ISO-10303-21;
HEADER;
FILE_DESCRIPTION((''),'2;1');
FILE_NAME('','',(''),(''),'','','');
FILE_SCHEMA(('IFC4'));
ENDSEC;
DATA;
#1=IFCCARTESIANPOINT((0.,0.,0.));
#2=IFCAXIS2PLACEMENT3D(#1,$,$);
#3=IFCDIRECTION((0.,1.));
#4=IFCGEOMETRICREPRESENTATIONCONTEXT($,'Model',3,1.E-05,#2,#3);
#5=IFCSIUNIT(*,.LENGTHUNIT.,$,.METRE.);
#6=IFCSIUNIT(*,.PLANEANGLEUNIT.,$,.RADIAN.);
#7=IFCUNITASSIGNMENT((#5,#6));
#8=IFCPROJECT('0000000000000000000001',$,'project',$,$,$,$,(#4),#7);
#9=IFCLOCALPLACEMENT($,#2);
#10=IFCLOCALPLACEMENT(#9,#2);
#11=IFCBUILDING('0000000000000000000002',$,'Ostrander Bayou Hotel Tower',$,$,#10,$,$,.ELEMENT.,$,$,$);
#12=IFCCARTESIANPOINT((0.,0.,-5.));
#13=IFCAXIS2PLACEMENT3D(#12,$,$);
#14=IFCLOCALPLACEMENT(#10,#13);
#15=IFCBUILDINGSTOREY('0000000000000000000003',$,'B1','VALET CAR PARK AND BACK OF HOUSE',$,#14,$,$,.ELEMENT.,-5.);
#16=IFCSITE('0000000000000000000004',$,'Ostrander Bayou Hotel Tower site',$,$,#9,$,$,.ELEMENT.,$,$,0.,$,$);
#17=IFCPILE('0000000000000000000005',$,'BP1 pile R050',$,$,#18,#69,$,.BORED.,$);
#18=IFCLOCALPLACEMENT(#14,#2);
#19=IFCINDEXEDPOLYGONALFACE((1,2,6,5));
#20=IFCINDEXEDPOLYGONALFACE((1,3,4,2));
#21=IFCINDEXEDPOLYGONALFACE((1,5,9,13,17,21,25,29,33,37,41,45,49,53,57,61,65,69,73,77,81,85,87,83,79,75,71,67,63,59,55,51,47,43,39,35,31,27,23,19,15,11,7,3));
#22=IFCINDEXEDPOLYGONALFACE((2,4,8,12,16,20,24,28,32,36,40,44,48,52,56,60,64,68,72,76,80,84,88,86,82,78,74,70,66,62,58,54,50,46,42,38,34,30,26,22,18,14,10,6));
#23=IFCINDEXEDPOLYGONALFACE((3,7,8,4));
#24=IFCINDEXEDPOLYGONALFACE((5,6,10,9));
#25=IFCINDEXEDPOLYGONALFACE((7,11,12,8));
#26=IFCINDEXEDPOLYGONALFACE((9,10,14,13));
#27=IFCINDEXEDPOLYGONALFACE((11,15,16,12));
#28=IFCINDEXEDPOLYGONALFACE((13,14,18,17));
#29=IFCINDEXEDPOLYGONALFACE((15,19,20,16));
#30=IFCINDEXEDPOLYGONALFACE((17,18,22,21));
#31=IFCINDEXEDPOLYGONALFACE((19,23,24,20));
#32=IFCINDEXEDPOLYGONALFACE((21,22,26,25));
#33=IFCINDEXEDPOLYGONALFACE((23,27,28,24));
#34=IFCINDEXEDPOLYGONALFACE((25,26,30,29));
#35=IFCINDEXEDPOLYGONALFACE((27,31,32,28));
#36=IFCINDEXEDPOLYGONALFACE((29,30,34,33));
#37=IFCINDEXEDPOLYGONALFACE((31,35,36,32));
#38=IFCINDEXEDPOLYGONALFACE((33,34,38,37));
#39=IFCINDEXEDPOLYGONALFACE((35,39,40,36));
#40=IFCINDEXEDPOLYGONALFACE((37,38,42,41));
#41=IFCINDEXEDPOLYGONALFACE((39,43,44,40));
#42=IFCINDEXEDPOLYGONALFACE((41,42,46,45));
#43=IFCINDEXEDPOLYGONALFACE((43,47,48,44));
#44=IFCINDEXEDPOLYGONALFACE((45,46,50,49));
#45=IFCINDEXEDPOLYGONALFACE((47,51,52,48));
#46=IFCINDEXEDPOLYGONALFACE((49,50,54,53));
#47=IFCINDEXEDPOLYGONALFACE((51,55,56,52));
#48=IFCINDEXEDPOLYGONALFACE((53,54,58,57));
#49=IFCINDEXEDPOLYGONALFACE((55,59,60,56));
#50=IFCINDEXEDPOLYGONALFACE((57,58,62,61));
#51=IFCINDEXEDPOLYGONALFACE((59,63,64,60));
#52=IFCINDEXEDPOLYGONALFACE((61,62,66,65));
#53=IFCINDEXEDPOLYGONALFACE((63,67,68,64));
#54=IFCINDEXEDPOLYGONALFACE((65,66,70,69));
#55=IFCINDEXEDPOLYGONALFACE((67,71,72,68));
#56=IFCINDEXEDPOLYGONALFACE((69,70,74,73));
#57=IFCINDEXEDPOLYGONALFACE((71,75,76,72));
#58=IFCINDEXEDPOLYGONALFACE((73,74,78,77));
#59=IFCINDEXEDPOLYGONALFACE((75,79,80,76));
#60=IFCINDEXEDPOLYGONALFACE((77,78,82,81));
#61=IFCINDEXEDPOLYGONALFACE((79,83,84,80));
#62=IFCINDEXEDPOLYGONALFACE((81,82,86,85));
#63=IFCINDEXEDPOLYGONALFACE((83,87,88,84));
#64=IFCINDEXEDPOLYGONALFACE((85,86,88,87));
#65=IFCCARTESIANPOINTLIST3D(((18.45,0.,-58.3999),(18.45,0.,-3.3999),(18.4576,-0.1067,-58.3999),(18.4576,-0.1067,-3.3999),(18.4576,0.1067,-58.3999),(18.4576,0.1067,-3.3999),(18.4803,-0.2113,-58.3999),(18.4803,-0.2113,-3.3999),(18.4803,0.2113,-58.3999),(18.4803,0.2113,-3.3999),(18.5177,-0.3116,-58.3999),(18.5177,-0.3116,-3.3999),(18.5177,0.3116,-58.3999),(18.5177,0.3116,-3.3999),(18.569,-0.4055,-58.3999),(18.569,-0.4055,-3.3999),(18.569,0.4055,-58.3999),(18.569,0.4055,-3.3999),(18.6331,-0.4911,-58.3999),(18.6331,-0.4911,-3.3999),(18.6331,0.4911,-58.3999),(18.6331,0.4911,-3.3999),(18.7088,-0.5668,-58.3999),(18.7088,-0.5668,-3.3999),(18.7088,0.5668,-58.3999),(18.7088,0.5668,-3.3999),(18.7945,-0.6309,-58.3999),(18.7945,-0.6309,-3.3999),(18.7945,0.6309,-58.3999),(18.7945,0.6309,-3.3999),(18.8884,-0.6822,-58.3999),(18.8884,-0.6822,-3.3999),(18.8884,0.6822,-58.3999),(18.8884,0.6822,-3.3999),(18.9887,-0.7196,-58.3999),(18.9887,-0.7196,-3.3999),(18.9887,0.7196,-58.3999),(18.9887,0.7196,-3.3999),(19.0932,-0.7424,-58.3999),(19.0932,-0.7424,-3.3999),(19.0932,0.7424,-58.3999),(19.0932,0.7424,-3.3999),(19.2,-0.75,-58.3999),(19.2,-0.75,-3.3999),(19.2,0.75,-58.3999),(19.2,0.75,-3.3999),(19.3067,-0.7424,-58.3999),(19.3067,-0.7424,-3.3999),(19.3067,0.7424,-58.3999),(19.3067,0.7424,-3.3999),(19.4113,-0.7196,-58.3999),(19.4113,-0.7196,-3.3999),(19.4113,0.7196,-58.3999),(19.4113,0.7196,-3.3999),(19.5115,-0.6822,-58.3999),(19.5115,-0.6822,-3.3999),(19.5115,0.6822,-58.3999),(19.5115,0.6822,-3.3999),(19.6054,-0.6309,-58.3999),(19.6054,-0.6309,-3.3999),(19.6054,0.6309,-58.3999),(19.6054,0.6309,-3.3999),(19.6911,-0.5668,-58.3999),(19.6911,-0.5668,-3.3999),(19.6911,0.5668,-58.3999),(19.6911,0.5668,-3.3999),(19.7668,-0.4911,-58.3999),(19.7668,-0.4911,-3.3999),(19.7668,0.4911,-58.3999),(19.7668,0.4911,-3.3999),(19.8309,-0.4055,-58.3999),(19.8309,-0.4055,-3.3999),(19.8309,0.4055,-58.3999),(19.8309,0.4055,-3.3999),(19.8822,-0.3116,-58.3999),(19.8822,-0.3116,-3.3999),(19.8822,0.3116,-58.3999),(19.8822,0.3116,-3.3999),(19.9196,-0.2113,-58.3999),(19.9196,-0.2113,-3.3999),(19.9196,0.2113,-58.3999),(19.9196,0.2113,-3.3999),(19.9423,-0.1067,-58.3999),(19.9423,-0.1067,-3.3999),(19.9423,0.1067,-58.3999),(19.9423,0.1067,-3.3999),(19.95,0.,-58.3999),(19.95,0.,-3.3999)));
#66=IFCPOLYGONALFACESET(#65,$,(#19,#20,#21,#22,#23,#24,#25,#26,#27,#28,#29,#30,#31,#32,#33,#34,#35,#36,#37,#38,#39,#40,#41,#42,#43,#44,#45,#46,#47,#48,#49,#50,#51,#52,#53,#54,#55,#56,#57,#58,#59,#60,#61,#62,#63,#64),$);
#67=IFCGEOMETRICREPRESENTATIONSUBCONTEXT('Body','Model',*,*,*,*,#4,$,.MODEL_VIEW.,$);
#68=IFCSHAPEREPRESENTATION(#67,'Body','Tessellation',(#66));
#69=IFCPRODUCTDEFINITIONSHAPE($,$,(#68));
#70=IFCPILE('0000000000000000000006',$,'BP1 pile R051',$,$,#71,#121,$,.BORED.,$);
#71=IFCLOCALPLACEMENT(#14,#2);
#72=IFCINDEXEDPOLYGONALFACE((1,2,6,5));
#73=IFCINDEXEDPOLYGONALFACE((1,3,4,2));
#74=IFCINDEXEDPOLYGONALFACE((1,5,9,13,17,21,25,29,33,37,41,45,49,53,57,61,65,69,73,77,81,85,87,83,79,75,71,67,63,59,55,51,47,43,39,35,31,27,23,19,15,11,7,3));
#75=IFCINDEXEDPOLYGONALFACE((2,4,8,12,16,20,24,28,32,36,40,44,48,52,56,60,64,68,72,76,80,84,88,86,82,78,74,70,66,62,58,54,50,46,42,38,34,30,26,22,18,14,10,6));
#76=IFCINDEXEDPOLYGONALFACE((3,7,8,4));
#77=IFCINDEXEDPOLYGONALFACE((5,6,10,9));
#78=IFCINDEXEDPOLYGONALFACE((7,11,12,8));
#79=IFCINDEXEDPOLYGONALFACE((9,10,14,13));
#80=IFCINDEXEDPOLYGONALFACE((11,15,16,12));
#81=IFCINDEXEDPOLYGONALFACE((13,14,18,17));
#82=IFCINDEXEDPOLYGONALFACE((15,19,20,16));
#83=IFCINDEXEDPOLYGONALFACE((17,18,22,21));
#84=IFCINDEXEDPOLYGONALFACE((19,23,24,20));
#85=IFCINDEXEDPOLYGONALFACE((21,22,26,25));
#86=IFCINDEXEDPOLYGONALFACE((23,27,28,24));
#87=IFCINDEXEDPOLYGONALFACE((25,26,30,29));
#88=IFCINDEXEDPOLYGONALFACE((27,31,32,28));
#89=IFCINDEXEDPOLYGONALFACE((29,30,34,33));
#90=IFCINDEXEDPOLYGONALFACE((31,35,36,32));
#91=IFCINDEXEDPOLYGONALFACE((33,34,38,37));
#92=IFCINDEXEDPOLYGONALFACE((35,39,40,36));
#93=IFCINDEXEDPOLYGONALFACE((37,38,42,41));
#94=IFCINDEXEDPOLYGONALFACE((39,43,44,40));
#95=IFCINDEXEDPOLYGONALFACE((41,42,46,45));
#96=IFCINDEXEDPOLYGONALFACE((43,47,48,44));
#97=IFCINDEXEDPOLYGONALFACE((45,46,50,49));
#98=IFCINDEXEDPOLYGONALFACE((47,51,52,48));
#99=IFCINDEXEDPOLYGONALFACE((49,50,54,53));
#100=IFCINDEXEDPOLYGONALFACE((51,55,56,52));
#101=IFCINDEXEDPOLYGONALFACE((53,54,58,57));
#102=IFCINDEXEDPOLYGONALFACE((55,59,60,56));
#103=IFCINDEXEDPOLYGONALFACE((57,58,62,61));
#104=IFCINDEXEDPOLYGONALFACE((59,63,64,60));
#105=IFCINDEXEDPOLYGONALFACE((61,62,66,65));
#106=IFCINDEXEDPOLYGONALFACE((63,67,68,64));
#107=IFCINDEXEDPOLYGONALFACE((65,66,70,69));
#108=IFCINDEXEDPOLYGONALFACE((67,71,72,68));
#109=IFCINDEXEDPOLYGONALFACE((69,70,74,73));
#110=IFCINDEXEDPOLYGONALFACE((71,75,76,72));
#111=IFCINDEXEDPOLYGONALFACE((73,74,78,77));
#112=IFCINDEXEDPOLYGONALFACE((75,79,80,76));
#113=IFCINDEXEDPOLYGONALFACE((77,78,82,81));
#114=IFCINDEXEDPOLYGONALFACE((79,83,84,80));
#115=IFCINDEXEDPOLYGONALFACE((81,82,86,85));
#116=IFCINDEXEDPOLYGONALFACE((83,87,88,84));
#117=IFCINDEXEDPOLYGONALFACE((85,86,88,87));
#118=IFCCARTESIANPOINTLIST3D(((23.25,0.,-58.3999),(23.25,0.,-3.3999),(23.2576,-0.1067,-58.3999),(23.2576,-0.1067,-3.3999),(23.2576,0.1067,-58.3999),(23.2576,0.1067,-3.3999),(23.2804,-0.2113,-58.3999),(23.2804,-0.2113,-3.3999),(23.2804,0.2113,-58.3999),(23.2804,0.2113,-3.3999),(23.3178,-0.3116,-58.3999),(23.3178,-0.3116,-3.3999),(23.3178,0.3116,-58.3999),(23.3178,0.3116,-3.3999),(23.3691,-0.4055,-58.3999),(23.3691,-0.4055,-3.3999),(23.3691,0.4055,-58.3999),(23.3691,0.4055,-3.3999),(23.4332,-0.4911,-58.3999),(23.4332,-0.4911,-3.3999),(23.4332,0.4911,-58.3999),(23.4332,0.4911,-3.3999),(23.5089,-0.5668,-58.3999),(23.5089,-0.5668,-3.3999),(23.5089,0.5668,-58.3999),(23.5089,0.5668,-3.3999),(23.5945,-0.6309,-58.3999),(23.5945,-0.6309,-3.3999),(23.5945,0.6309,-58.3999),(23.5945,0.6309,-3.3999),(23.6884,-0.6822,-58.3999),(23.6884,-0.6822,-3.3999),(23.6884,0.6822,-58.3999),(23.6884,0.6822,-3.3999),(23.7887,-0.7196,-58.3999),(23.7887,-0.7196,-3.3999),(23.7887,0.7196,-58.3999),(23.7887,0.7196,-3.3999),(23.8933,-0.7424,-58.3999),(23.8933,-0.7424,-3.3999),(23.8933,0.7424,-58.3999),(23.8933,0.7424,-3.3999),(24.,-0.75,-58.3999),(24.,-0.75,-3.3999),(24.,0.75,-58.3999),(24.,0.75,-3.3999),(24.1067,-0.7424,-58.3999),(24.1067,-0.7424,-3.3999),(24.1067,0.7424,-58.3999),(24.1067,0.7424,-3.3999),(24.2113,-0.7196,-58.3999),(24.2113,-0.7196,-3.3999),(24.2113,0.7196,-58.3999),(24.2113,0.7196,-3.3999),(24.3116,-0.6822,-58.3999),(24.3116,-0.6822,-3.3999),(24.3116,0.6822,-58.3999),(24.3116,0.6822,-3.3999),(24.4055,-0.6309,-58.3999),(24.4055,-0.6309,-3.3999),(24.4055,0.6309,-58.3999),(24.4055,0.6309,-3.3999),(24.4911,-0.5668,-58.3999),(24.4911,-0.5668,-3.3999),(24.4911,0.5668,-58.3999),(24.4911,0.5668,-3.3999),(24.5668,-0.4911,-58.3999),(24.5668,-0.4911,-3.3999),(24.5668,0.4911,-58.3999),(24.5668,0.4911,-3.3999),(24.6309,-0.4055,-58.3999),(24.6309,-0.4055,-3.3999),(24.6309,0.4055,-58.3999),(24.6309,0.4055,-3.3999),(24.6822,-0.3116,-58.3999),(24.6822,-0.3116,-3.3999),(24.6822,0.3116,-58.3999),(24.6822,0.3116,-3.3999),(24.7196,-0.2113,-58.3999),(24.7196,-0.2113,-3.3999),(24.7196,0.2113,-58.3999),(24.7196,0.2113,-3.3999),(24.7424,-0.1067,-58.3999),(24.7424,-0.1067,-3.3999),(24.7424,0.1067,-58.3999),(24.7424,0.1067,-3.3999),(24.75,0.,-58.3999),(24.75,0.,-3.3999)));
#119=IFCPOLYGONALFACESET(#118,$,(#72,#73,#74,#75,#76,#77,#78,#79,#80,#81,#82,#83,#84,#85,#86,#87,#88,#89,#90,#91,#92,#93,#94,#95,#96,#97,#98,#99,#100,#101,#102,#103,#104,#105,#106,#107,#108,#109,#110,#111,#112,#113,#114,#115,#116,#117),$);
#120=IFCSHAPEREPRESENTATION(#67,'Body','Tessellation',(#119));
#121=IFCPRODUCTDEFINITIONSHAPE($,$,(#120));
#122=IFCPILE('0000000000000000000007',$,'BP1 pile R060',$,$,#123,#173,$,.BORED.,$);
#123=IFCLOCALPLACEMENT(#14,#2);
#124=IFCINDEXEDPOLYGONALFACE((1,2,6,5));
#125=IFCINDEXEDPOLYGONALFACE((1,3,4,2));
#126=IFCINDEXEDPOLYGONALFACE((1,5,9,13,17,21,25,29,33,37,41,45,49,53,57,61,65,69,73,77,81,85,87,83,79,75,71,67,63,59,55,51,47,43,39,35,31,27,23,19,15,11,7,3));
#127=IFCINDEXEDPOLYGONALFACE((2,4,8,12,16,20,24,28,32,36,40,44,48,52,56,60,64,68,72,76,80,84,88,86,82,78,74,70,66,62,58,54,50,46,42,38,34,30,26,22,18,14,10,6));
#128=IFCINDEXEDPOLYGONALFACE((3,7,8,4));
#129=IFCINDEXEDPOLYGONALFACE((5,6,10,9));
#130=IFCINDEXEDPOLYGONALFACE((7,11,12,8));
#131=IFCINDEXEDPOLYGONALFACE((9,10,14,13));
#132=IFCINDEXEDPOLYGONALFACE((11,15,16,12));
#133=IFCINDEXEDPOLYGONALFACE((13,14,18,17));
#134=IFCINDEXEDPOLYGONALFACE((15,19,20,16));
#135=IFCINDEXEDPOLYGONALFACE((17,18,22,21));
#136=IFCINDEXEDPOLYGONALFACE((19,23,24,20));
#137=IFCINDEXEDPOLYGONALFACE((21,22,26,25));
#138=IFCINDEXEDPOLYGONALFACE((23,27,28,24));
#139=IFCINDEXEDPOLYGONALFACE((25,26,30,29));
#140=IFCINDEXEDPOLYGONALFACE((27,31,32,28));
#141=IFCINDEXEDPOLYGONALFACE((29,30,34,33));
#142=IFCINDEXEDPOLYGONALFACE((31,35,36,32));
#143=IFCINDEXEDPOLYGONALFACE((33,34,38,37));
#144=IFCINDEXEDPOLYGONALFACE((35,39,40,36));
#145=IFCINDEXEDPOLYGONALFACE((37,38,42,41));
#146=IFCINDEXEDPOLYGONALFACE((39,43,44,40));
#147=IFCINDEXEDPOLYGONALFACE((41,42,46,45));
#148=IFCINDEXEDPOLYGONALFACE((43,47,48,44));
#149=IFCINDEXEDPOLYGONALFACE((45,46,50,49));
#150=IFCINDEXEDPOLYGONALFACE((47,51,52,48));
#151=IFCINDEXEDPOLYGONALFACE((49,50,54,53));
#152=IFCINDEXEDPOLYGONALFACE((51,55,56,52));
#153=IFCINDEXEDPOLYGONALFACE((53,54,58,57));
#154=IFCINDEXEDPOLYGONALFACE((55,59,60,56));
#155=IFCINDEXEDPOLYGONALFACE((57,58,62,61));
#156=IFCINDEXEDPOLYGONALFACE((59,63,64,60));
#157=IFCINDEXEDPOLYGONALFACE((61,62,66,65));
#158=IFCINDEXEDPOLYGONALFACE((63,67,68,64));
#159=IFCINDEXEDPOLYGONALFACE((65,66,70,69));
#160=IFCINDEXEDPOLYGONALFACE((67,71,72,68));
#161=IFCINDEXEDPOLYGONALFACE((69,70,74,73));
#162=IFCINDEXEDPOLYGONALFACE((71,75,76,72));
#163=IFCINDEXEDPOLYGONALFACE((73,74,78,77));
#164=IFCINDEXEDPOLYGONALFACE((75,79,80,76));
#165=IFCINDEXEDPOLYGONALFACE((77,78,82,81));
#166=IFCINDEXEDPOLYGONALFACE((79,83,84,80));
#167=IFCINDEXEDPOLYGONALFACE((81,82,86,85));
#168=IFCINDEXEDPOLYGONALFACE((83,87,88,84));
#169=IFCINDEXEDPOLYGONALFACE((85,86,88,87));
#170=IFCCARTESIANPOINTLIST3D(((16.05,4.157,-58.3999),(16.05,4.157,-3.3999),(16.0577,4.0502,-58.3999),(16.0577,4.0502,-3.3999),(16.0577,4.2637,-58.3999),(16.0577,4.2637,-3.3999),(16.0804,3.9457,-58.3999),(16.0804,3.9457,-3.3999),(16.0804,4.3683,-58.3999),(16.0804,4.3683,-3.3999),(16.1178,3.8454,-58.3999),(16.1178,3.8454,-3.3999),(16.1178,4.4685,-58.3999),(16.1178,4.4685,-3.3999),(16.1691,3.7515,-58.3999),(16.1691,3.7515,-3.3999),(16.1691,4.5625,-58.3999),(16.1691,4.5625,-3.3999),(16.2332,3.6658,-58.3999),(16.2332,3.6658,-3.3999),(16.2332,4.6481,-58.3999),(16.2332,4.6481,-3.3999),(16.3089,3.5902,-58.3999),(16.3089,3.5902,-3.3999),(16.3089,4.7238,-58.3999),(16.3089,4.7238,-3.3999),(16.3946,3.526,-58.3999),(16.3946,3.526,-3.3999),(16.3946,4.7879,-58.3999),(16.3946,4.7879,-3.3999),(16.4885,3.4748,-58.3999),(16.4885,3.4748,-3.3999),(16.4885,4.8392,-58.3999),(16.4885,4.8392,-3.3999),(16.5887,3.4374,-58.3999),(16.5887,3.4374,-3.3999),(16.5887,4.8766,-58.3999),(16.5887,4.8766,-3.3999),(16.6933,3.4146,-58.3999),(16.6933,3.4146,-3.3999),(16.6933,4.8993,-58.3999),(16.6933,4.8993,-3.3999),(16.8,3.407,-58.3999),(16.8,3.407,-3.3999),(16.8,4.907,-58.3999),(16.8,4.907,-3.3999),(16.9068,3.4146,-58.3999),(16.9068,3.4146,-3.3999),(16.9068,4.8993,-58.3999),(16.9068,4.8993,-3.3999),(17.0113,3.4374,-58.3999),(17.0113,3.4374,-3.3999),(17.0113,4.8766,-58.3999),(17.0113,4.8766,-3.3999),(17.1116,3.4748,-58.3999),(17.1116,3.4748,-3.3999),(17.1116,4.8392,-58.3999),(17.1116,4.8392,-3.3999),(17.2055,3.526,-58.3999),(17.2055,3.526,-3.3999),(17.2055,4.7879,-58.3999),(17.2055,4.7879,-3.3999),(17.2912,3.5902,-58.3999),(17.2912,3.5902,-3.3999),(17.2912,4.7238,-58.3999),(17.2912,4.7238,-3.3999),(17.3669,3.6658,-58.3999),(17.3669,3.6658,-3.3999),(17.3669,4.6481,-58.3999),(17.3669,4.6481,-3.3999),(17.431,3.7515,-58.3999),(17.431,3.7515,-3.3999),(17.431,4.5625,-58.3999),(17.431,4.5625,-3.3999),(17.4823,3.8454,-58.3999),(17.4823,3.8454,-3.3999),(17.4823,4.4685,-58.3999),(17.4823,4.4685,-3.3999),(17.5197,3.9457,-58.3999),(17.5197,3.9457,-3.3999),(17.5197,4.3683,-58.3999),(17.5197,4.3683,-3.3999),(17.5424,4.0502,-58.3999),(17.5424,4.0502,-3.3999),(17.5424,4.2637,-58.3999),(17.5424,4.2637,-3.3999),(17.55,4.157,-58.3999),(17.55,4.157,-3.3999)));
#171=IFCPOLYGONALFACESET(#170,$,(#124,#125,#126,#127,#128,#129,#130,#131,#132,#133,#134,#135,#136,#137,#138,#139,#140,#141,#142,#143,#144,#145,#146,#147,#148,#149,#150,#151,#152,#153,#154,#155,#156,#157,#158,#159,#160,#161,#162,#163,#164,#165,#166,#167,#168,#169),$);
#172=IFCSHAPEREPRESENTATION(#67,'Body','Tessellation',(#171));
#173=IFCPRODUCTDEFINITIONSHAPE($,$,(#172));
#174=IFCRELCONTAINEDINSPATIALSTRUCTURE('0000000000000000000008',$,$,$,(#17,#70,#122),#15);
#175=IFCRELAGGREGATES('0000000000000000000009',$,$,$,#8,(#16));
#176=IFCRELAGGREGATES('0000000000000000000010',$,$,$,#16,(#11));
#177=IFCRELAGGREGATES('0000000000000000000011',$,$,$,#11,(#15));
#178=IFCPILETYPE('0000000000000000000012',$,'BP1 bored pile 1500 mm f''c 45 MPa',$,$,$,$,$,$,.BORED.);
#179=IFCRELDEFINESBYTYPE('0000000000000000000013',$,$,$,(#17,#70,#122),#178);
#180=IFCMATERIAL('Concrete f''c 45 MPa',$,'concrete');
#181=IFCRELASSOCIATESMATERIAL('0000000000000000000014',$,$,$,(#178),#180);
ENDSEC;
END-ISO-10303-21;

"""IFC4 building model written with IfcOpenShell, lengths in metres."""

from ifc_helpers import new_model, si_unit, direction, frame, origin, origin_2d, place, context, subcontext, project, spatial, circle, extrude, material, material_profile, profile_set, type_object, element, save


model = new_model("IFC4")

# Units and contexts
model_context = context("Model", 3, precision=1e-05, world=origin(), true_north=direction((0.0, 1.0)))
body_context = subcontext(model_context, "Body", "Model", "MODEL_VIEW")
ifc_project = project(units=[si_unit("LENGTHUNIT", "METRE"), si_unit("PLANEANGLEUNIT", "RADIAN")], contexts=[model_context])

# Site, building, storey
site_placement = place(None, origin())
site = spatial("IfcSite", under=ifc_project, at=site_placement, Name="Ostrander Bayou Hotel Tower site", CompositionType="ELEMENT", RefElevation=0.0)
building_placement = place(site_placement, origin())
building = spatial("IfcBuilding", under=site, at=building_placement, Name="Ostrander Bayou Hotel Tower", CompositionType="ELEMENT")
storey_placement = place(building_placement, frame((0.0, 0.0, -5.0)))
storey = spatial("IfcBuildingStorey", under=building, at=storey_placement, Name="B1", Description="VALET CAR PARK AND BACK OF HOUSE", CompositionType="ELEMENT", Elevation=-5.0)

# Piles
ifc_material_1 = material(Name="Concrete f'c 45 MPa", Category="concrete")
ifc_material_profile_1 = material_profile(ifc_material_1, circle(Radius=0.75, at=origin_2d()))
ifc_profile_set_1 = profile_set([ifc_material_profile_1], Name="Concrete f'c 45 MPa")
pile_type_1 = type_object("IfcPileType", Name="BP1 bored pile 1500 mm f'c 45 MPa", PredefinedType="BORED", material=ifc_profile_set_1)
for number, where, z_axis, x_axis, name in (
    (1, (19.2, 0.0, -3.3999), (0.0, 0.0, -1.0), (1.0, 0.0, 0.0), "BP1 pile R050"),
    (2, (24.0, 0.0, -3.3999), (0.0, 0.0, -1.0), (1.0, 0.0, 0.0), "BP1 pile R051"),
    (3, (16.8, 4.157, -3.3999), (0.0, 0.0, -1.0), (1.0, 0.0, 0.0), "BP1 pile R060"),
):
    element("IfcPile", number, at=place(storey_placement, frame(where, z_axis=z_axis, x_axis=x_axis)), inside=storey, type_object=pile_type_1, Name=name, PredefinedType="BORED", context=body_context, shape_type="SweptSolid", body=[
        extrude(circle(Radius=0.75, at=origin_2d()), origin(), (0.0, 0.0, 1.0), 55.0),
    ])

save(model, "model.ifc")
